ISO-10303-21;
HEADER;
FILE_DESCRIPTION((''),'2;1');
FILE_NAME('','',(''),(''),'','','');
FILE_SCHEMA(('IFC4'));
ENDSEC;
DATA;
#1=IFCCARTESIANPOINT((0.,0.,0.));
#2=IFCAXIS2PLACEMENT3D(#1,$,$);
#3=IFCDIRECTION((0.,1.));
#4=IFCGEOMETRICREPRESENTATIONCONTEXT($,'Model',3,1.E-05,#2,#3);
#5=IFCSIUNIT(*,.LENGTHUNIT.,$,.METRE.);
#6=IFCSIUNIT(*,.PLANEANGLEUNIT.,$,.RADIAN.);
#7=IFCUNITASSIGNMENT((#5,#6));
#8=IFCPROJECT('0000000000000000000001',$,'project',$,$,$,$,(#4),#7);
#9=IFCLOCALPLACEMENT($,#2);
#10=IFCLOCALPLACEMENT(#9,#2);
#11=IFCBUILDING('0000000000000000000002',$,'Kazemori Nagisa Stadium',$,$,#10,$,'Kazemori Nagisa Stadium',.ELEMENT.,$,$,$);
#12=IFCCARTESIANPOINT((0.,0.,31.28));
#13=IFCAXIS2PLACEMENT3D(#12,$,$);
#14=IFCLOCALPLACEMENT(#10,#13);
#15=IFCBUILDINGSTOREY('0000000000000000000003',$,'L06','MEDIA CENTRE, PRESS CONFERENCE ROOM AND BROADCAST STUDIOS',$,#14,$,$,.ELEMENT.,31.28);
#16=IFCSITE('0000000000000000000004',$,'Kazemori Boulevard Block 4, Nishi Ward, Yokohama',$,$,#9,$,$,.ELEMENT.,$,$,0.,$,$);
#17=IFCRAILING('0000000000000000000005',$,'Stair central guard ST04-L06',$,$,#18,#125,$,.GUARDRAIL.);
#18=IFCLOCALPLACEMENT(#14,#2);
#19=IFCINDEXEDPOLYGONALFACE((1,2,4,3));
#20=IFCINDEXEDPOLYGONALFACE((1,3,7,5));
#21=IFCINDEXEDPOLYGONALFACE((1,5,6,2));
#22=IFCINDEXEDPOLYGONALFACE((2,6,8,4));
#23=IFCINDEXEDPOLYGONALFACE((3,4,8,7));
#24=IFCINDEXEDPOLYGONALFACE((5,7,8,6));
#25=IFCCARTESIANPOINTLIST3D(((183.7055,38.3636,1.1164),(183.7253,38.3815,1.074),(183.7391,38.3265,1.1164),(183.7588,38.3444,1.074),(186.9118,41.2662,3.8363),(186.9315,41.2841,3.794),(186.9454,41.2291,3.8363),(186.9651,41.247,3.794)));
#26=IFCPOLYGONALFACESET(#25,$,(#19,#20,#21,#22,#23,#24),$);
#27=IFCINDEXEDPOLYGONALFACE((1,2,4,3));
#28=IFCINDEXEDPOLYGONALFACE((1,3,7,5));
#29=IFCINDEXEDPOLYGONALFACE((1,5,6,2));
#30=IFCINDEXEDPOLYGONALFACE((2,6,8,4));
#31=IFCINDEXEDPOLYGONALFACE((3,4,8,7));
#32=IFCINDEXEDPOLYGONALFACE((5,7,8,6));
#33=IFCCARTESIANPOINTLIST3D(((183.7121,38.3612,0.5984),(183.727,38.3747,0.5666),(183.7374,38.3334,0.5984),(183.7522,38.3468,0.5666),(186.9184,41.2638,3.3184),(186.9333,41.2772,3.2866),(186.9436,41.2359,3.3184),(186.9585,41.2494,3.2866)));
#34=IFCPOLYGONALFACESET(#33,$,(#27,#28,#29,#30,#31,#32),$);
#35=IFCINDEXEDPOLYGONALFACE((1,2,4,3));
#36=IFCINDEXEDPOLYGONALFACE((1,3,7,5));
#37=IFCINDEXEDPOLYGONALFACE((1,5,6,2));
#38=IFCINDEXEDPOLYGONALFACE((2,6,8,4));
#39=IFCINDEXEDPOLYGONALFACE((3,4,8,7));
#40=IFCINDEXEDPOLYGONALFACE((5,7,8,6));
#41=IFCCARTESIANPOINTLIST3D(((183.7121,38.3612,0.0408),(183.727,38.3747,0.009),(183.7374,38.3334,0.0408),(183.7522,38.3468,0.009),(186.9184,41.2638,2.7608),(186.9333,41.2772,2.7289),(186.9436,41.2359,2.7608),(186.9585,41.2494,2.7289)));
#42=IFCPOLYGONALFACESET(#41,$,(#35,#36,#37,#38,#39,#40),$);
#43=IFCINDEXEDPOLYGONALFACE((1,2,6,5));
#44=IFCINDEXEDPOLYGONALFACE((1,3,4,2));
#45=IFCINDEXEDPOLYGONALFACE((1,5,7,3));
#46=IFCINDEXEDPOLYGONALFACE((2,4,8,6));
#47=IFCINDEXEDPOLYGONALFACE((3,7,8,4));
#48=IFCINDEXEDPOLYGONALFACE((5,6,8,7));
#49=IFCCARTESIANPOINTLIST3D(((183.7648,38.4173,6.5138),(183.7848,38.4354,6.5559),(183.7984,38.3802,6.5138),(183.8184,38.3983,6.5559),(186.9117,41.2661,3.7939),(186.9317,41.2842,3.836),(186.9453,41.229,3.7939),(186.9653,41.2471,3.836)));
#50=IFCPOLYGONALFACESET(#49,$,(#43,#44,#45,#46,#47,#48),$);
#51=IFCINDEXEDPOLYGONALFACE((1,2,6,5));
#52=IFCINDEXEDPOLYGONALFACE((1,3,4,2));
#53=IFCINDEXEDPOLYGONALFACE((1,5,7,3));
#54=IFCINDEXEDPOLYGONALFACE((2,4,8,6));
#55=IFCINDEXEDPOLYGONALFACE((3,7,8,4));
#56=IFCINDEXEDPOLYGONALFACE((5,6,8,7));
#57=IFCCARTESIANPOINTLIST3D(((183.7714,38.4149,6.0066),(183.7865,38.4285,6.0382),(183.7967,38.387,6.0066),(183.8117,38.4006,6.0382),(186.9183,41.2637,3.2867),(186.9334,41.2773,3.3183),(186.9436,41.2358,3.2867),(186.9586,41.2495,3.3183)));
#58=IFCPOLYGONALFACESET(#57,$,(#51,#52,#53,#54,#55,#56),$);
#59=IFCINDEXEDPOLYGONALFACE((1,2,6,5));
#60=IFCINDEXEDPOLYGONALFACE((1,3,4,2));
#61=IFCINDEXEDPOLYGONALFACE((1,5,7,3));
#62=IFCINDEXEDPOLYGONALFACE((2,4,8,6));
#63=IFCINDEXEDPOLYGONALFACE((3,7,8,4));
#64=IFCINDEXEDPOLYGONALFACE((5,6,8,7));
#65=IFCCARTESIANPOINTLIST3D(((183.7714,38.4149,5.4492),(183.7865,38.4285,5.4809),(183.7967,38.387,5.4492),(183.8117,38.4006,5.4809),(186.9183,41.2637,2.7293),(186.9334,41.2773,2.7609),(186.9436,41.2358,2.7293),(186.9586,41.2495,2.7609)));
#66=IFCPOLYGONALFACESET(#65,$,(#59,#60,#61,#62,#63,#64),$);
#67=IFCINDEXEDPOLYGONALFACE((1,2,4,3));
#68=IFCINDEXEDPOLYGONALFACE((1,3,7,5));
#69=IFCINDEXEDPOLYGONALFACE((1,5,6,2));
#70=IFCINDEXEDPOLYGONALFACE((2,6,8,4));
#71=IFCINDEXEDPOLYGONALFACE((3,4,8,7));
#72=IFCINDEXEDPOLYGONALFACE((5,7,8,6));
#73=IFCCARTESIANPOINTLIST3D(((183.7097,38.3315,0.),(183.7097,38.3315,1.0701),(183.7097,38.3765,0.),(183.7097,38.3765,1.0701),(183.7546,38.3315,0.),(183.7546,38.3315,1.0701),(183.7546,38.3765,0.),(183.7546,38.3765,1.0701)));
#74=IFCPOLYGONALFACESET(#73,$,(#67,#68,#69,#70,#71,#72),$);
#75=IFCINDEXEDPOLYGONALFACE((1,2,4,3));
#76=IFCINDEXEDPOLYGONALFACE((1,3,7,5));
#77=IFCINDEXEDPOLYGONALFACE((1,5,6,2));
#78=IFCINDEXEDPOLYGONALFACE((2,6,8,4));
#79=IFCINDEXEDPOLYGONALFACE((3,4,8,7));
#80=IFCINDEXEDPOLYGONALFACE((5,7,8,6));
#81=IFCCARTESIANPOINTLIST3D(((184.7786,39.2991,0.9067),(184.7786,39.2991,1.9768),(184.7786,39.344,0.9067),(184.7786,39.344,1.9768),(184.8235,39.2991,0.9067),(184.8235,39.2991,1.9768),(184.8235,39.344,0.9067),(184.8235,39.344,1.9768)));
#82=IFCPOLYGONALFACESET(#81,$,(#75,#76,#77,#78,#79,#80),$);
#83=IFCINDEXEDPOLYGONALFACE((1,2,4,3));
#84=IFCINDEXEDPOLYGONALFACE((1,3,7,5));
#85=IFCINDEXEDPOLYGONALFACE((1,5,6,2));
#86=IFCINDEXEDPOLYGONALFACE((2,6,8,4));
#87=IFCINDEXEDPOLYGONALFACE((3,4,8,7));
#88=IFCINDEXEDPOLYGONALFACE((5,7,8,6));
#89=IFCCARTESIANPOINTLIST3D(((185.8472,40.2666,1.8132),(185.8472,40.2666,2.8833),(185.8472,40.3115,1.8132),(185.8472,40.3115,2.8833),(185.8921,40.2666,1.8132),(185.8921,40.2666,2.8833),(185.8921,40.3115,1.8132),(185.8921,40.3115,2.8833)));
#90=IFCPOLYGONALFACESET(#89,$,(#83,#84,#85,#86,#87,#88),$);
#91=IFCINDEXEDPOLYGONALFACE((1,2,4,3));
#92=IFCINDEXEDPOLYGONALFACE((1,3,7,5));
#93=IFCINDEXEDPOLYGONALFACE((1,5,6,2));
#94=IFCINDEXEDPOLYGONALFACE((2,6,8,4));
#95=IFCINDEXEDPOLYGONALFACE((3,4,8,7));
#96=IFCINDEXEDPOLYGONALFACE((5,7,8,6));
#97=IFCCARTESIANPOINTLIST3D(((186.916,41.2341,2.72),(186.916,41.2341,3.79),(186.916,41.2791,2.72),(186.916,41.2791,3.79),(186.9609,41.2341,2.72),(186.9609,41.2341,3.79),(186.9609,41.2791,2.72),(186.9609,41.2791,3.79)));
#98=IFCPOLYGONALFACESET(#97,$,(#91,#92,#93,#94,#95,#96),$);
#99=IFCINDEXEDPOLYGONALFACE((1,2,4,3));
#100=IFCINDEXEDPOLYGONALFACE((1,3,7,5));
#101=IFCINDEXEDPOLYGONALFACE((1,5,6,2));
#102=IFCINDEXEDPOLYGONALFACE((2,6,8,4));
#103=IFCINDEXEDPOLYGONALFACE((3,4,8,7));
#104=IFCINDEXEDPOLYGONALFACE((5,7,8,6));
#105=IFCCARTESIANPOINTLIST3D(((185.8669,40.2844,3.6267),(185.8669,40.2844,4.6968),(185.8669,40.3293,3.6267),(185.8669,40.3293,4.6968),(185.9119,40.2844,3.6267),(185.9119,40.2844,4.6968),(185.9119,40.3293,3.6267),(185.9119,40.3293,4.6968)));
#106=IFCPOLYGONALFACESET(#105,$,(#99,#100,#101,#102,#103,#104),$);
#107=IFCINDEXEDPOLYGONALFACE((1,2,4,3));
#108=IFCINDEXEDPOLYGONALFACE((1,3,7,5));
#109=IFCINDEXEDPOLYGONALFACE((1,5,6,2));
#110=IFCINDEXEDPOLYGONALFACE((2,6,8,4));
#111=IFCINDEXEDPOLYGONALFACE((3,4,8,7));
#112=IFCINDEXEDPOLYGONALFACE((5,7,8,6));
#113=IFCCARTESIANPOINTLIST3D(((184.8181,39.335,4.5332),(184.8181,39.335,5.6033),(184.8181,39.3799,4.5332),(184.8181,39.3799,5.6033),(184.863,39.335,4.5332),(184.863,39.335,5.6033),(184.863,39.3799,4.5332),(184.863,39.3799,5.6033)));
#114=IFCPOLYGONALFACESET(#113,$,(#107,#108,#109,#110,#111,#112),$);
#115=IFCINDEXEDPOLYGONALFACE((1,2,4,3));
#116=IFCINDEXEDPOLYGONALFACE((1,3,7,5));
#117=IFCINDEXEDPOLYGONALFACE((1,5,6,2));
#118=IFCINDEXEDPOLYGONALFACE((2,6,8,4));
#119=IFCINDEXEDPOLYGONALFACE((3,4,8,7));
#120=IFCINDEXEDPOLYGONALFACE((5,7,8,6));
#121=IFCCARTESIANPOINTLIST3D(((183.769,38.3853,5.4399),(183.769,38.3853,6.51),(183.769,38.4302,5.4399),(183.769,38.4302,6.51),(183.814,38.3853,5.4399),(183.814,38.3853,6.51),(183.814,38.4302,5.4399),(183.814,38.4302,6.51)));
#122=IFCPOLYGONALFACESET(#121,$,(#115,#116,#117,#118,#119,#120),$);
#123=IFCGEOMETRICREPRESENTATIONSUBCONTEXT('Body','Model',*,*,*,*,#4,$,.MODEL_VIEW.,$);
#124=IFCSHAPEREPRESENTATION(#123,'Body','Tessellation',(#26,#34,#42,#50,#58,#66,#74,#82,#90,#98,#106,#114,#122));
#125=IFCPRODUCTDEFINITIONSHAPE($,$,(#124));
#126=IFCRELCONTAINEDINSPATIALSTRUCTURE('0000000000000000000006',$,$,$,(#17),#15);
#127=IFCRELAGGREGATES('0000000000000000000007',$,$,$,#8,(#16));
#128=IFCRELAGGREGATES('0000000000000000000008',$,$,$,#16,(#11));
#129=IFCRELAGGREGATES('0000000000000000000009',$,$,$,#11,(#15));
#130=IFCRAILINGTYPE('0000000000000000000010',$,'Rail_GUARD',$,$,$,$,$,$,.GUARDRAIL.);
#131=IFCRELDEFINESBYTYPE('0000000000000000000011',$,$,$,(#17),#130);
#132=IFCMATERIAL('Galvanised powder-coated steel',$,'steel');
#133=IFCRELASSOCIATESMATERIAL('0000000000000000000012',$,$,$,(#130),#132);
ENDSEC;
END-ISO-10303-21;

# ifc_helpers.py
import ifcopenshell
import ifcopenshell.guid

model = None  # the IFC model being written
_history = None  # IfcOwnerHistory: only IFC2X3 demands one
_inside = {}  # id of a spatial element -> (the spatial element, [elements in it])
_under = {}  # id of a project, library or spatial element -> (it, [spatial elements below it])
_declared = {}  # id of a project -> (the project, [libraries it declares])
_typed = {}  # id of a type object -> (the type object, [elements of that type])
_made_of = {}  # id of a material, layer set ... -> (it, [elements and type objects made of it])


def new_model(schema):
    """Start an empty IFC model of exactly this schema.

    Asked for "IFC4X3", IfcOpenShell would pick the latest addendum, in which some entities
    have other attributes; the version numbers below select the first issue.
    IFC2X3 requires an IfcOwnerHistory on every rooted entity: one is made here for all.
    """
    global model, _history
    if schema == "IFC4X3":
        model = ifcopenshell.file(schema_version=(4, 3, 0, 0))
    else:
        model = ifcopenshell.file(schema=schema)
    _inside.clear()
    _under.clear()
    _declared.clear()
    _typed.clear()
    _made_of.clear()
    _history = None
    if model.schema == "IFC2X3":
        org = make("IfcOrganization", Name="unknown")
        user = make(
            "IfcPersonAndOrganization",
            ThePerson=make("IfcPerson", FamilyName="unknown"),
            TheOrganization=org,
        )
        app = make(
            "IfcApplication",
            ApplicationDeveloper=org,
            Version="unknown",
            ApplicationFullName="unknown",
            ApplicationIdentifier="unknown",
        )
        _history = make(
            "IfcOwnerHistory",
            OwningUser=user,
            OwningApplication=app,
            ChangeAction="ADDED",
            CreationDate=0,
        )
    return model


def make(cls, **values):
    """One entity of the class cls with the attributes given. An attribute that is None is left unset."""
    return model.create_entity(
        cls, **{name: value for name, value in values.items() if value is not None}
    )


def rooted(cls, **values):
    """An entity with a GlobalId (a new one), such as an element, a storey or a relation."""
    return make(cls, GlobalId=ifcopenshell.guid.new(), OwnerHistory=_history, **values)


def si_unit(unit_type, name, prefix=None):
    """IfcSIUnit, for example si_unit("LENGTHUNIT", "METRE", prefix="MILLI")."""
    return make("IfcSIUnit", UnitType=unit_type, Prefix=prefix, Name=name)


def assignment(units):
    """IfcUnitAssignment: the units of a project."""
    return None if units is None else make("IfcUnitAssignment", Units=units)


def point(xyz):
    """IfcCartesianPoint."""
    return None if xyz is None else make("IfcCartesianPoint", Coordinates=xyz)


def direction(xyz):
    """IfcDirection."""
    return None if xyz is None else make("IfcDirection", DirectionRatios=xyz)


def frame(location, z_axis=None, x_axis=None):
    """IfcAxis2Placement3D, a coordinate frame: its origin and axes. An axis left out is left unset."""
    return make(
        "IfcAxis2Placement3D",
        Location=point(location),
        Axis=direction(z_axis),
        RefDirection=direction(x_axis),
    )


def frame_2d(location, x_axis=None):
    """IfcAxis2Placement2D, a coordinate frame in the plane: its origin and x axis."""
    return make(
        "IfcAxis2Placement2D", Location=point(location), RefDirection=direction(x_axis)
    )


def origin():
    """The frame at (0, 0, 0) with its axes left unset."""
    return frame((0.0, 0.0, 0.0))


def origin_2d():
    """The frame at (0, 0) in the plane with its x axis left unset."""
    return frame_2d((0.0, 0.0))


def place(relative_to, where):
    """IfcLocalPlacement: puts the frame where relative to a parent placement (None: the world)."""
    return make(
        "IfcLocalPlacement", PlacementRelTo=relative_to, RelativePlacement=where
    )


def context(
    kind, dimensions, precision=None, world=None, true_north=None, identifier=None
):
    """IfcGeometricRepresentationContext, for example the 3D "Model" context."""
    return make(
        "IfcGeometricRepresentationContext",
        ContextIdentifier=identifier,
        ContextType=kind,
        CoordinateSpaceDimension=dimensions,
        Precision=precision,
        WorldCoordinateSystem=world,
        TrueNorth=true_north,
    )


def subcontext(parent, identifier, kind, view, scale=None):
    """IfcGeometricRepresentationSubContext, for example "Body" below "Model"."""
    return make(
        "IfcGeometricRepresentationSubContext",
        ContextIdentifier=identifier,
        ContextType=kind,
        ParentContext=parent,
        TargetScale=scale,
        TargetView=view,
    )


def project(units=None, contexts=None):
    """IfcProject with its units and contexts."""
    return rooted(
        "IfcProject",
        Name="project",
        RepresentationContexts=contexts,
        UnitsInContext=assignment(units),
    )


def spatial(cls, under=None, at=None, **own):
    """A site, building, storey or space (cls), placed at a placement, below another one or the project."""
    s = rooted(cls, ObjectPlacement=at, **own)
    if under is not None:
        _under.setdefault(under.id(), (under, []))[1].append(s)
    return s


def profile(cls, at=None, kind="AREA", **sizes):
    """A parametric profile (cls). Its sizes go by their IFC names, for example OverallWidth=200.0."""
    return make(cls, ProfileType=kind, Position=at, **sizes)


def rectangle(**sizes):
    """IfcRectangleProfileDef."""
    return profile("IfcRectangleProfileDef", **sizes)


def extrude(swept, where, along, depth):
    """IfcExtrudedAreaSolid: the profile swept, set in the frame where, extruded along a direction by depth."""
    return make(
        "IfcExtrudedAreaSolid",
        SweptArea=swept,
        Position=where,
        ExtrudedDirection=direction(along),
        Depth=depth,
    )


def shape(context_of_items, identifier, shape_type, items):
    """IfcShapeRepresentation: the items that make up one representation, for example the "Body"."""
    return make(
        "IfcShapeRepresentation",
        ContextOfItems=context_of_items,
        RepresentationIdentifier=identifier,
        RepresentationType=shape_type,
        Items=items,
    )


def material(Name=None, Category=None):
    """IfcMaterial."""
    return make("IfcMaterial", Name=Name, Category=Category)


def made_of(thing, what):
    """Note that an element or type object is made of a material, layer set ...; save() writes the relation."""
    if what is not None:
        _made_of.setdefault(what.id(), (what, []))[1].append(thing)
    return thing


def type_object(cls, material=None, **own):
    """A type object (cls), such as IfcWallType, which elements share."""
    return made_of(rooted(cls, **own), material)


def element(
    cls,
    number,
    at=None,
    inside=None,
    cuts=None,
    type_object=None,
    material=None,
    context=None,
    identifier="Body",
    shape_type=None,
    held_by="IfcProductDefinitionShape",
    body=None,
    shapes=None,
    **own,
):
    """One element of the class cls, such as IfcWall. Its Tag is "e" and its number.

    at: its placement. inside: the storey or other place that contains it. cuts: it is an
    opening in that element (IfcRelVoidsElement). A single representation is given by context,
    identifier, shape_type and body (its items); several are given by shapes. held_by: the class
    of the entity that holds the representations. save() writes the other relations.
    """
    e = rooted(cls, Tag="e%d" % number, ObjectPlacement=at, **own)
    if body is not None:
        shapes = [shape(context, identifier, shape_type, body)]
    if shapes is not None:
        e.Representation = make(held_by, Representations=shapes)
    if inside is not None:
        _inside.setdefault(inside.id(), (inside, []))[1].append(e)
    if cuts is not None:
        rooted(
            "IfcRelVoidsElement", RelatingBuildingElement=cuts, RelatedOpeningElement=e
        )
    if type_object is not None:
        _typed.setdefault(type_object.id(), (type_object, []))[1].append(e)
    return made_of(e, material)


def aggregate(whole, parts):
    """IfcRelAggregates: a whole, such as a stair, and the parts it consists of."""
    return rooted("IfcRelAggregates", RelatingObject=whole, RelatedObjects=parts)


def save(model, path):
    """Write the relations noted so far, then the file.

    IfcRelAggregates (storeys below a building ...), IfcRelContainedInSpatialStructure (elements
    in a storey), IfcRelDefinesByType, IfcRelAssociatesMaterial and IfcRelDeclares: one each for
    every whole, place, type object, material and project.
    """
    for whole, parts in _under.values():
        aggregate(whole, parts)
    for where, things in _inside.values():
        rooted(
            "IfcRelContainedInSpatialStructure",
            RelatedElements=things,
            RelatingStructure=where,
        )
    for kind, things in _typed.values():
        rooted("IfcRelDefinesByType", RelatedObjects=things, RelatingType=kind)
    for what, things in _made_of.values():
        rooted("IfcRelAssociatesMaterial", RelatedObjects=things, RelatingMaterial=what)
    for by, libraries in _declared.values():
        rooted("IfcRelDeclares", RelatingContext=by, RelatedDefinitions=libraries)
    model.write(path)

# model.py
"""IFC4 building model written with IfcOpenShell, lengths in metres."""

from ifc_helpers import new_model, si_unit, direction, frame, origin, origin_2d, place, context, subcontext, project, spatial, rectangle, extrude, material, type_object, element, save


model = new_model("IFC4")

# Units and contexts
model_context = context("Model", 3, precision=1e-05, world=origin(), true_north=direction((0.0, 1.0)))
body_context = subcontext(model_context, "Body", "Model", "MODEL_VIEW")
ifc_project = project(units=[si_unit("LENGTHUNIT", "METRE"), si_unit("PLANEANGLEUNIT", "RADIAN")], contexts=[model_context])

# Site, building, storey
site_placement = place(None, origin())
site = spatial("IfcSite", under=ifc_project, at=site_placement, Name="Kazemori Boulevard Block 4, Nishi Ward, Yokohama", CompositionType="ELEMENT", RefElevation=0.0)
building_placement = place(site_placement, origin())
building = spatial("IfcBuilding", under=site, at=building_placement, Name="Kazemori Nagisa Stadium", LongName="Kazemori Nagisa Stadium", CompositionType="ELEMENT")
storey_placement = place(building_placement, frame((0.0, 0.0, 31.28)))
storey = spatial("IfcBuildingStorey", under=building, at=storey_placement, Name="L06", Description="MEDIA CENTRE, PRESS CONFERENCE ROOM AND BROADCAST STUDIOS", CompositionType="ELEMENT", Elevation=31.28)

# Railing
ifc_material_1 = material(Name="Galvanised powder-coated steel", Category="steel")
railing_type_1 = type_object("IfcRailingType", Name="Rail_GUARD", PredefinedType="GUARDRAIL", material=ifc_material_1)
railing_1_placement = place(storey_placement, frame((183.7322, 38.354, 0.0)))
element("IfcRailing", 1, at=railing_1_placement, inside=storey, type_object=railing_type_1, Name="Stair central guard ST04-L06", PredefinedType="GUARDRAIL", context=body_context, shape_type="SweptSolid", body=[
    extrude(rectangle(XDim=0.05, YDim=0.05, at=origin_2d()), frame((0.0, 0.0, 1.0952), z_axis=(0.627558, 0.568113, 0.53237), x_axis=(-0.671123, 0.741346, 0.0)), (0.0, 0.0, 1.0), 5.1091),
    extrude(rectangle(XDim=0.0376, YDim=0.0376, at=origin_2d()), frame((0.0, 0.0, 0.5825), z_axis=(0.627558, 0.568113, 0.53237), x_axis=(-0.671123, 0.741346, 0.0)), (0.0, 0.0, 1.0), 5.1091),
    extrude(rectangle(XDim=0.0376, YDim=0.0376, at=origin_2d()), frame((0.0, 0.0, 0.0249), z_axis=(0.627558, 0.568113, 0.53237), x_axis=(-0.671123, 0.741346, 0.0)), (0.0, 0.0, 1.0), 5.1091),
    extrude(rectangle(XDim=0.05, YDim=0.05, at=origin_2d()), frame((3.2063, 2.9026, 3.8149), z_axis=(-0.624201, -0.565073, 0.539505), x_axis=(0.671123, -0.741346, 0.0)), (0.0, 0.0, 1.0), 5.0415),
    extrude(rectangle(XDim=0.0376, YDim=0.0376, at=origin_2d()), frame((3.2063, 2.9026, 3.3025), z_axis=(-0.624201, -0.565073, 0.539505), x_axis=(0.671123, -0.741346, 0.0)), (0.0, 0.0, 1.0), 5.0415),
    extrude(rectangle(XDim=0.0376, YDim=0.0376, at=origin_2d()), frame((3.2063, 2.9026, 2.7451), z_axis=(-0.624201, -0.565073, 0.539505), x_axis=(0.671123, -0.741346, 0.0)), (0.0, 0.0, 1.0), 5.0415),
    extrude(rectangle(XDim=0.0449, YDim=0.0449, at=origin_2d()), origin(), (0.0, 0.0, 1.0), 1.0701),
    extrude(rectangle(XDim=0.0449, YDim=0.0449, at=origin_2d()), frame((1.0688, 0.9675, 0.9067)), (0.0, 0.0, 1.0), 1.0701),
    extrude(rectangle(XDim=0.0449, YDim=0.0449, at=origin_2d()), frame((2.1375, 1.9351, 1.8132)), (0.0, 0.0, 1.0), 1.0701),
    extrude(rectangle(XDim=0.0449, YDim=0.0449, at=origin_2d()), frame((3.2063, 2.9026, 2.72)), (0.0, 0.0, 1.0), 1.0701),
    extrude(rectangle(XDim=0.0449, YDim=0.0449, at=origin_2d()), frame((2.1572, 1.9529, 3.6267)), (0.0, 0.0, 1.0), 1.0701),
    extrude(rectangle(XDim=0.0449, YDim=0.0449, at=origin_2d()), frame((1.1084, 1.0034, 4.5332)), (0.0, 0.0, 1.0), 1.0701),
    extrude(rectangle(XDim=0.0449, YDim=0.0449, at=origin_2d()), frame((0.0593, 0.0537, 5.4399)), (0.0, 0.0, 1.0), 1.0701),
])

save(model, "model.ifc")
